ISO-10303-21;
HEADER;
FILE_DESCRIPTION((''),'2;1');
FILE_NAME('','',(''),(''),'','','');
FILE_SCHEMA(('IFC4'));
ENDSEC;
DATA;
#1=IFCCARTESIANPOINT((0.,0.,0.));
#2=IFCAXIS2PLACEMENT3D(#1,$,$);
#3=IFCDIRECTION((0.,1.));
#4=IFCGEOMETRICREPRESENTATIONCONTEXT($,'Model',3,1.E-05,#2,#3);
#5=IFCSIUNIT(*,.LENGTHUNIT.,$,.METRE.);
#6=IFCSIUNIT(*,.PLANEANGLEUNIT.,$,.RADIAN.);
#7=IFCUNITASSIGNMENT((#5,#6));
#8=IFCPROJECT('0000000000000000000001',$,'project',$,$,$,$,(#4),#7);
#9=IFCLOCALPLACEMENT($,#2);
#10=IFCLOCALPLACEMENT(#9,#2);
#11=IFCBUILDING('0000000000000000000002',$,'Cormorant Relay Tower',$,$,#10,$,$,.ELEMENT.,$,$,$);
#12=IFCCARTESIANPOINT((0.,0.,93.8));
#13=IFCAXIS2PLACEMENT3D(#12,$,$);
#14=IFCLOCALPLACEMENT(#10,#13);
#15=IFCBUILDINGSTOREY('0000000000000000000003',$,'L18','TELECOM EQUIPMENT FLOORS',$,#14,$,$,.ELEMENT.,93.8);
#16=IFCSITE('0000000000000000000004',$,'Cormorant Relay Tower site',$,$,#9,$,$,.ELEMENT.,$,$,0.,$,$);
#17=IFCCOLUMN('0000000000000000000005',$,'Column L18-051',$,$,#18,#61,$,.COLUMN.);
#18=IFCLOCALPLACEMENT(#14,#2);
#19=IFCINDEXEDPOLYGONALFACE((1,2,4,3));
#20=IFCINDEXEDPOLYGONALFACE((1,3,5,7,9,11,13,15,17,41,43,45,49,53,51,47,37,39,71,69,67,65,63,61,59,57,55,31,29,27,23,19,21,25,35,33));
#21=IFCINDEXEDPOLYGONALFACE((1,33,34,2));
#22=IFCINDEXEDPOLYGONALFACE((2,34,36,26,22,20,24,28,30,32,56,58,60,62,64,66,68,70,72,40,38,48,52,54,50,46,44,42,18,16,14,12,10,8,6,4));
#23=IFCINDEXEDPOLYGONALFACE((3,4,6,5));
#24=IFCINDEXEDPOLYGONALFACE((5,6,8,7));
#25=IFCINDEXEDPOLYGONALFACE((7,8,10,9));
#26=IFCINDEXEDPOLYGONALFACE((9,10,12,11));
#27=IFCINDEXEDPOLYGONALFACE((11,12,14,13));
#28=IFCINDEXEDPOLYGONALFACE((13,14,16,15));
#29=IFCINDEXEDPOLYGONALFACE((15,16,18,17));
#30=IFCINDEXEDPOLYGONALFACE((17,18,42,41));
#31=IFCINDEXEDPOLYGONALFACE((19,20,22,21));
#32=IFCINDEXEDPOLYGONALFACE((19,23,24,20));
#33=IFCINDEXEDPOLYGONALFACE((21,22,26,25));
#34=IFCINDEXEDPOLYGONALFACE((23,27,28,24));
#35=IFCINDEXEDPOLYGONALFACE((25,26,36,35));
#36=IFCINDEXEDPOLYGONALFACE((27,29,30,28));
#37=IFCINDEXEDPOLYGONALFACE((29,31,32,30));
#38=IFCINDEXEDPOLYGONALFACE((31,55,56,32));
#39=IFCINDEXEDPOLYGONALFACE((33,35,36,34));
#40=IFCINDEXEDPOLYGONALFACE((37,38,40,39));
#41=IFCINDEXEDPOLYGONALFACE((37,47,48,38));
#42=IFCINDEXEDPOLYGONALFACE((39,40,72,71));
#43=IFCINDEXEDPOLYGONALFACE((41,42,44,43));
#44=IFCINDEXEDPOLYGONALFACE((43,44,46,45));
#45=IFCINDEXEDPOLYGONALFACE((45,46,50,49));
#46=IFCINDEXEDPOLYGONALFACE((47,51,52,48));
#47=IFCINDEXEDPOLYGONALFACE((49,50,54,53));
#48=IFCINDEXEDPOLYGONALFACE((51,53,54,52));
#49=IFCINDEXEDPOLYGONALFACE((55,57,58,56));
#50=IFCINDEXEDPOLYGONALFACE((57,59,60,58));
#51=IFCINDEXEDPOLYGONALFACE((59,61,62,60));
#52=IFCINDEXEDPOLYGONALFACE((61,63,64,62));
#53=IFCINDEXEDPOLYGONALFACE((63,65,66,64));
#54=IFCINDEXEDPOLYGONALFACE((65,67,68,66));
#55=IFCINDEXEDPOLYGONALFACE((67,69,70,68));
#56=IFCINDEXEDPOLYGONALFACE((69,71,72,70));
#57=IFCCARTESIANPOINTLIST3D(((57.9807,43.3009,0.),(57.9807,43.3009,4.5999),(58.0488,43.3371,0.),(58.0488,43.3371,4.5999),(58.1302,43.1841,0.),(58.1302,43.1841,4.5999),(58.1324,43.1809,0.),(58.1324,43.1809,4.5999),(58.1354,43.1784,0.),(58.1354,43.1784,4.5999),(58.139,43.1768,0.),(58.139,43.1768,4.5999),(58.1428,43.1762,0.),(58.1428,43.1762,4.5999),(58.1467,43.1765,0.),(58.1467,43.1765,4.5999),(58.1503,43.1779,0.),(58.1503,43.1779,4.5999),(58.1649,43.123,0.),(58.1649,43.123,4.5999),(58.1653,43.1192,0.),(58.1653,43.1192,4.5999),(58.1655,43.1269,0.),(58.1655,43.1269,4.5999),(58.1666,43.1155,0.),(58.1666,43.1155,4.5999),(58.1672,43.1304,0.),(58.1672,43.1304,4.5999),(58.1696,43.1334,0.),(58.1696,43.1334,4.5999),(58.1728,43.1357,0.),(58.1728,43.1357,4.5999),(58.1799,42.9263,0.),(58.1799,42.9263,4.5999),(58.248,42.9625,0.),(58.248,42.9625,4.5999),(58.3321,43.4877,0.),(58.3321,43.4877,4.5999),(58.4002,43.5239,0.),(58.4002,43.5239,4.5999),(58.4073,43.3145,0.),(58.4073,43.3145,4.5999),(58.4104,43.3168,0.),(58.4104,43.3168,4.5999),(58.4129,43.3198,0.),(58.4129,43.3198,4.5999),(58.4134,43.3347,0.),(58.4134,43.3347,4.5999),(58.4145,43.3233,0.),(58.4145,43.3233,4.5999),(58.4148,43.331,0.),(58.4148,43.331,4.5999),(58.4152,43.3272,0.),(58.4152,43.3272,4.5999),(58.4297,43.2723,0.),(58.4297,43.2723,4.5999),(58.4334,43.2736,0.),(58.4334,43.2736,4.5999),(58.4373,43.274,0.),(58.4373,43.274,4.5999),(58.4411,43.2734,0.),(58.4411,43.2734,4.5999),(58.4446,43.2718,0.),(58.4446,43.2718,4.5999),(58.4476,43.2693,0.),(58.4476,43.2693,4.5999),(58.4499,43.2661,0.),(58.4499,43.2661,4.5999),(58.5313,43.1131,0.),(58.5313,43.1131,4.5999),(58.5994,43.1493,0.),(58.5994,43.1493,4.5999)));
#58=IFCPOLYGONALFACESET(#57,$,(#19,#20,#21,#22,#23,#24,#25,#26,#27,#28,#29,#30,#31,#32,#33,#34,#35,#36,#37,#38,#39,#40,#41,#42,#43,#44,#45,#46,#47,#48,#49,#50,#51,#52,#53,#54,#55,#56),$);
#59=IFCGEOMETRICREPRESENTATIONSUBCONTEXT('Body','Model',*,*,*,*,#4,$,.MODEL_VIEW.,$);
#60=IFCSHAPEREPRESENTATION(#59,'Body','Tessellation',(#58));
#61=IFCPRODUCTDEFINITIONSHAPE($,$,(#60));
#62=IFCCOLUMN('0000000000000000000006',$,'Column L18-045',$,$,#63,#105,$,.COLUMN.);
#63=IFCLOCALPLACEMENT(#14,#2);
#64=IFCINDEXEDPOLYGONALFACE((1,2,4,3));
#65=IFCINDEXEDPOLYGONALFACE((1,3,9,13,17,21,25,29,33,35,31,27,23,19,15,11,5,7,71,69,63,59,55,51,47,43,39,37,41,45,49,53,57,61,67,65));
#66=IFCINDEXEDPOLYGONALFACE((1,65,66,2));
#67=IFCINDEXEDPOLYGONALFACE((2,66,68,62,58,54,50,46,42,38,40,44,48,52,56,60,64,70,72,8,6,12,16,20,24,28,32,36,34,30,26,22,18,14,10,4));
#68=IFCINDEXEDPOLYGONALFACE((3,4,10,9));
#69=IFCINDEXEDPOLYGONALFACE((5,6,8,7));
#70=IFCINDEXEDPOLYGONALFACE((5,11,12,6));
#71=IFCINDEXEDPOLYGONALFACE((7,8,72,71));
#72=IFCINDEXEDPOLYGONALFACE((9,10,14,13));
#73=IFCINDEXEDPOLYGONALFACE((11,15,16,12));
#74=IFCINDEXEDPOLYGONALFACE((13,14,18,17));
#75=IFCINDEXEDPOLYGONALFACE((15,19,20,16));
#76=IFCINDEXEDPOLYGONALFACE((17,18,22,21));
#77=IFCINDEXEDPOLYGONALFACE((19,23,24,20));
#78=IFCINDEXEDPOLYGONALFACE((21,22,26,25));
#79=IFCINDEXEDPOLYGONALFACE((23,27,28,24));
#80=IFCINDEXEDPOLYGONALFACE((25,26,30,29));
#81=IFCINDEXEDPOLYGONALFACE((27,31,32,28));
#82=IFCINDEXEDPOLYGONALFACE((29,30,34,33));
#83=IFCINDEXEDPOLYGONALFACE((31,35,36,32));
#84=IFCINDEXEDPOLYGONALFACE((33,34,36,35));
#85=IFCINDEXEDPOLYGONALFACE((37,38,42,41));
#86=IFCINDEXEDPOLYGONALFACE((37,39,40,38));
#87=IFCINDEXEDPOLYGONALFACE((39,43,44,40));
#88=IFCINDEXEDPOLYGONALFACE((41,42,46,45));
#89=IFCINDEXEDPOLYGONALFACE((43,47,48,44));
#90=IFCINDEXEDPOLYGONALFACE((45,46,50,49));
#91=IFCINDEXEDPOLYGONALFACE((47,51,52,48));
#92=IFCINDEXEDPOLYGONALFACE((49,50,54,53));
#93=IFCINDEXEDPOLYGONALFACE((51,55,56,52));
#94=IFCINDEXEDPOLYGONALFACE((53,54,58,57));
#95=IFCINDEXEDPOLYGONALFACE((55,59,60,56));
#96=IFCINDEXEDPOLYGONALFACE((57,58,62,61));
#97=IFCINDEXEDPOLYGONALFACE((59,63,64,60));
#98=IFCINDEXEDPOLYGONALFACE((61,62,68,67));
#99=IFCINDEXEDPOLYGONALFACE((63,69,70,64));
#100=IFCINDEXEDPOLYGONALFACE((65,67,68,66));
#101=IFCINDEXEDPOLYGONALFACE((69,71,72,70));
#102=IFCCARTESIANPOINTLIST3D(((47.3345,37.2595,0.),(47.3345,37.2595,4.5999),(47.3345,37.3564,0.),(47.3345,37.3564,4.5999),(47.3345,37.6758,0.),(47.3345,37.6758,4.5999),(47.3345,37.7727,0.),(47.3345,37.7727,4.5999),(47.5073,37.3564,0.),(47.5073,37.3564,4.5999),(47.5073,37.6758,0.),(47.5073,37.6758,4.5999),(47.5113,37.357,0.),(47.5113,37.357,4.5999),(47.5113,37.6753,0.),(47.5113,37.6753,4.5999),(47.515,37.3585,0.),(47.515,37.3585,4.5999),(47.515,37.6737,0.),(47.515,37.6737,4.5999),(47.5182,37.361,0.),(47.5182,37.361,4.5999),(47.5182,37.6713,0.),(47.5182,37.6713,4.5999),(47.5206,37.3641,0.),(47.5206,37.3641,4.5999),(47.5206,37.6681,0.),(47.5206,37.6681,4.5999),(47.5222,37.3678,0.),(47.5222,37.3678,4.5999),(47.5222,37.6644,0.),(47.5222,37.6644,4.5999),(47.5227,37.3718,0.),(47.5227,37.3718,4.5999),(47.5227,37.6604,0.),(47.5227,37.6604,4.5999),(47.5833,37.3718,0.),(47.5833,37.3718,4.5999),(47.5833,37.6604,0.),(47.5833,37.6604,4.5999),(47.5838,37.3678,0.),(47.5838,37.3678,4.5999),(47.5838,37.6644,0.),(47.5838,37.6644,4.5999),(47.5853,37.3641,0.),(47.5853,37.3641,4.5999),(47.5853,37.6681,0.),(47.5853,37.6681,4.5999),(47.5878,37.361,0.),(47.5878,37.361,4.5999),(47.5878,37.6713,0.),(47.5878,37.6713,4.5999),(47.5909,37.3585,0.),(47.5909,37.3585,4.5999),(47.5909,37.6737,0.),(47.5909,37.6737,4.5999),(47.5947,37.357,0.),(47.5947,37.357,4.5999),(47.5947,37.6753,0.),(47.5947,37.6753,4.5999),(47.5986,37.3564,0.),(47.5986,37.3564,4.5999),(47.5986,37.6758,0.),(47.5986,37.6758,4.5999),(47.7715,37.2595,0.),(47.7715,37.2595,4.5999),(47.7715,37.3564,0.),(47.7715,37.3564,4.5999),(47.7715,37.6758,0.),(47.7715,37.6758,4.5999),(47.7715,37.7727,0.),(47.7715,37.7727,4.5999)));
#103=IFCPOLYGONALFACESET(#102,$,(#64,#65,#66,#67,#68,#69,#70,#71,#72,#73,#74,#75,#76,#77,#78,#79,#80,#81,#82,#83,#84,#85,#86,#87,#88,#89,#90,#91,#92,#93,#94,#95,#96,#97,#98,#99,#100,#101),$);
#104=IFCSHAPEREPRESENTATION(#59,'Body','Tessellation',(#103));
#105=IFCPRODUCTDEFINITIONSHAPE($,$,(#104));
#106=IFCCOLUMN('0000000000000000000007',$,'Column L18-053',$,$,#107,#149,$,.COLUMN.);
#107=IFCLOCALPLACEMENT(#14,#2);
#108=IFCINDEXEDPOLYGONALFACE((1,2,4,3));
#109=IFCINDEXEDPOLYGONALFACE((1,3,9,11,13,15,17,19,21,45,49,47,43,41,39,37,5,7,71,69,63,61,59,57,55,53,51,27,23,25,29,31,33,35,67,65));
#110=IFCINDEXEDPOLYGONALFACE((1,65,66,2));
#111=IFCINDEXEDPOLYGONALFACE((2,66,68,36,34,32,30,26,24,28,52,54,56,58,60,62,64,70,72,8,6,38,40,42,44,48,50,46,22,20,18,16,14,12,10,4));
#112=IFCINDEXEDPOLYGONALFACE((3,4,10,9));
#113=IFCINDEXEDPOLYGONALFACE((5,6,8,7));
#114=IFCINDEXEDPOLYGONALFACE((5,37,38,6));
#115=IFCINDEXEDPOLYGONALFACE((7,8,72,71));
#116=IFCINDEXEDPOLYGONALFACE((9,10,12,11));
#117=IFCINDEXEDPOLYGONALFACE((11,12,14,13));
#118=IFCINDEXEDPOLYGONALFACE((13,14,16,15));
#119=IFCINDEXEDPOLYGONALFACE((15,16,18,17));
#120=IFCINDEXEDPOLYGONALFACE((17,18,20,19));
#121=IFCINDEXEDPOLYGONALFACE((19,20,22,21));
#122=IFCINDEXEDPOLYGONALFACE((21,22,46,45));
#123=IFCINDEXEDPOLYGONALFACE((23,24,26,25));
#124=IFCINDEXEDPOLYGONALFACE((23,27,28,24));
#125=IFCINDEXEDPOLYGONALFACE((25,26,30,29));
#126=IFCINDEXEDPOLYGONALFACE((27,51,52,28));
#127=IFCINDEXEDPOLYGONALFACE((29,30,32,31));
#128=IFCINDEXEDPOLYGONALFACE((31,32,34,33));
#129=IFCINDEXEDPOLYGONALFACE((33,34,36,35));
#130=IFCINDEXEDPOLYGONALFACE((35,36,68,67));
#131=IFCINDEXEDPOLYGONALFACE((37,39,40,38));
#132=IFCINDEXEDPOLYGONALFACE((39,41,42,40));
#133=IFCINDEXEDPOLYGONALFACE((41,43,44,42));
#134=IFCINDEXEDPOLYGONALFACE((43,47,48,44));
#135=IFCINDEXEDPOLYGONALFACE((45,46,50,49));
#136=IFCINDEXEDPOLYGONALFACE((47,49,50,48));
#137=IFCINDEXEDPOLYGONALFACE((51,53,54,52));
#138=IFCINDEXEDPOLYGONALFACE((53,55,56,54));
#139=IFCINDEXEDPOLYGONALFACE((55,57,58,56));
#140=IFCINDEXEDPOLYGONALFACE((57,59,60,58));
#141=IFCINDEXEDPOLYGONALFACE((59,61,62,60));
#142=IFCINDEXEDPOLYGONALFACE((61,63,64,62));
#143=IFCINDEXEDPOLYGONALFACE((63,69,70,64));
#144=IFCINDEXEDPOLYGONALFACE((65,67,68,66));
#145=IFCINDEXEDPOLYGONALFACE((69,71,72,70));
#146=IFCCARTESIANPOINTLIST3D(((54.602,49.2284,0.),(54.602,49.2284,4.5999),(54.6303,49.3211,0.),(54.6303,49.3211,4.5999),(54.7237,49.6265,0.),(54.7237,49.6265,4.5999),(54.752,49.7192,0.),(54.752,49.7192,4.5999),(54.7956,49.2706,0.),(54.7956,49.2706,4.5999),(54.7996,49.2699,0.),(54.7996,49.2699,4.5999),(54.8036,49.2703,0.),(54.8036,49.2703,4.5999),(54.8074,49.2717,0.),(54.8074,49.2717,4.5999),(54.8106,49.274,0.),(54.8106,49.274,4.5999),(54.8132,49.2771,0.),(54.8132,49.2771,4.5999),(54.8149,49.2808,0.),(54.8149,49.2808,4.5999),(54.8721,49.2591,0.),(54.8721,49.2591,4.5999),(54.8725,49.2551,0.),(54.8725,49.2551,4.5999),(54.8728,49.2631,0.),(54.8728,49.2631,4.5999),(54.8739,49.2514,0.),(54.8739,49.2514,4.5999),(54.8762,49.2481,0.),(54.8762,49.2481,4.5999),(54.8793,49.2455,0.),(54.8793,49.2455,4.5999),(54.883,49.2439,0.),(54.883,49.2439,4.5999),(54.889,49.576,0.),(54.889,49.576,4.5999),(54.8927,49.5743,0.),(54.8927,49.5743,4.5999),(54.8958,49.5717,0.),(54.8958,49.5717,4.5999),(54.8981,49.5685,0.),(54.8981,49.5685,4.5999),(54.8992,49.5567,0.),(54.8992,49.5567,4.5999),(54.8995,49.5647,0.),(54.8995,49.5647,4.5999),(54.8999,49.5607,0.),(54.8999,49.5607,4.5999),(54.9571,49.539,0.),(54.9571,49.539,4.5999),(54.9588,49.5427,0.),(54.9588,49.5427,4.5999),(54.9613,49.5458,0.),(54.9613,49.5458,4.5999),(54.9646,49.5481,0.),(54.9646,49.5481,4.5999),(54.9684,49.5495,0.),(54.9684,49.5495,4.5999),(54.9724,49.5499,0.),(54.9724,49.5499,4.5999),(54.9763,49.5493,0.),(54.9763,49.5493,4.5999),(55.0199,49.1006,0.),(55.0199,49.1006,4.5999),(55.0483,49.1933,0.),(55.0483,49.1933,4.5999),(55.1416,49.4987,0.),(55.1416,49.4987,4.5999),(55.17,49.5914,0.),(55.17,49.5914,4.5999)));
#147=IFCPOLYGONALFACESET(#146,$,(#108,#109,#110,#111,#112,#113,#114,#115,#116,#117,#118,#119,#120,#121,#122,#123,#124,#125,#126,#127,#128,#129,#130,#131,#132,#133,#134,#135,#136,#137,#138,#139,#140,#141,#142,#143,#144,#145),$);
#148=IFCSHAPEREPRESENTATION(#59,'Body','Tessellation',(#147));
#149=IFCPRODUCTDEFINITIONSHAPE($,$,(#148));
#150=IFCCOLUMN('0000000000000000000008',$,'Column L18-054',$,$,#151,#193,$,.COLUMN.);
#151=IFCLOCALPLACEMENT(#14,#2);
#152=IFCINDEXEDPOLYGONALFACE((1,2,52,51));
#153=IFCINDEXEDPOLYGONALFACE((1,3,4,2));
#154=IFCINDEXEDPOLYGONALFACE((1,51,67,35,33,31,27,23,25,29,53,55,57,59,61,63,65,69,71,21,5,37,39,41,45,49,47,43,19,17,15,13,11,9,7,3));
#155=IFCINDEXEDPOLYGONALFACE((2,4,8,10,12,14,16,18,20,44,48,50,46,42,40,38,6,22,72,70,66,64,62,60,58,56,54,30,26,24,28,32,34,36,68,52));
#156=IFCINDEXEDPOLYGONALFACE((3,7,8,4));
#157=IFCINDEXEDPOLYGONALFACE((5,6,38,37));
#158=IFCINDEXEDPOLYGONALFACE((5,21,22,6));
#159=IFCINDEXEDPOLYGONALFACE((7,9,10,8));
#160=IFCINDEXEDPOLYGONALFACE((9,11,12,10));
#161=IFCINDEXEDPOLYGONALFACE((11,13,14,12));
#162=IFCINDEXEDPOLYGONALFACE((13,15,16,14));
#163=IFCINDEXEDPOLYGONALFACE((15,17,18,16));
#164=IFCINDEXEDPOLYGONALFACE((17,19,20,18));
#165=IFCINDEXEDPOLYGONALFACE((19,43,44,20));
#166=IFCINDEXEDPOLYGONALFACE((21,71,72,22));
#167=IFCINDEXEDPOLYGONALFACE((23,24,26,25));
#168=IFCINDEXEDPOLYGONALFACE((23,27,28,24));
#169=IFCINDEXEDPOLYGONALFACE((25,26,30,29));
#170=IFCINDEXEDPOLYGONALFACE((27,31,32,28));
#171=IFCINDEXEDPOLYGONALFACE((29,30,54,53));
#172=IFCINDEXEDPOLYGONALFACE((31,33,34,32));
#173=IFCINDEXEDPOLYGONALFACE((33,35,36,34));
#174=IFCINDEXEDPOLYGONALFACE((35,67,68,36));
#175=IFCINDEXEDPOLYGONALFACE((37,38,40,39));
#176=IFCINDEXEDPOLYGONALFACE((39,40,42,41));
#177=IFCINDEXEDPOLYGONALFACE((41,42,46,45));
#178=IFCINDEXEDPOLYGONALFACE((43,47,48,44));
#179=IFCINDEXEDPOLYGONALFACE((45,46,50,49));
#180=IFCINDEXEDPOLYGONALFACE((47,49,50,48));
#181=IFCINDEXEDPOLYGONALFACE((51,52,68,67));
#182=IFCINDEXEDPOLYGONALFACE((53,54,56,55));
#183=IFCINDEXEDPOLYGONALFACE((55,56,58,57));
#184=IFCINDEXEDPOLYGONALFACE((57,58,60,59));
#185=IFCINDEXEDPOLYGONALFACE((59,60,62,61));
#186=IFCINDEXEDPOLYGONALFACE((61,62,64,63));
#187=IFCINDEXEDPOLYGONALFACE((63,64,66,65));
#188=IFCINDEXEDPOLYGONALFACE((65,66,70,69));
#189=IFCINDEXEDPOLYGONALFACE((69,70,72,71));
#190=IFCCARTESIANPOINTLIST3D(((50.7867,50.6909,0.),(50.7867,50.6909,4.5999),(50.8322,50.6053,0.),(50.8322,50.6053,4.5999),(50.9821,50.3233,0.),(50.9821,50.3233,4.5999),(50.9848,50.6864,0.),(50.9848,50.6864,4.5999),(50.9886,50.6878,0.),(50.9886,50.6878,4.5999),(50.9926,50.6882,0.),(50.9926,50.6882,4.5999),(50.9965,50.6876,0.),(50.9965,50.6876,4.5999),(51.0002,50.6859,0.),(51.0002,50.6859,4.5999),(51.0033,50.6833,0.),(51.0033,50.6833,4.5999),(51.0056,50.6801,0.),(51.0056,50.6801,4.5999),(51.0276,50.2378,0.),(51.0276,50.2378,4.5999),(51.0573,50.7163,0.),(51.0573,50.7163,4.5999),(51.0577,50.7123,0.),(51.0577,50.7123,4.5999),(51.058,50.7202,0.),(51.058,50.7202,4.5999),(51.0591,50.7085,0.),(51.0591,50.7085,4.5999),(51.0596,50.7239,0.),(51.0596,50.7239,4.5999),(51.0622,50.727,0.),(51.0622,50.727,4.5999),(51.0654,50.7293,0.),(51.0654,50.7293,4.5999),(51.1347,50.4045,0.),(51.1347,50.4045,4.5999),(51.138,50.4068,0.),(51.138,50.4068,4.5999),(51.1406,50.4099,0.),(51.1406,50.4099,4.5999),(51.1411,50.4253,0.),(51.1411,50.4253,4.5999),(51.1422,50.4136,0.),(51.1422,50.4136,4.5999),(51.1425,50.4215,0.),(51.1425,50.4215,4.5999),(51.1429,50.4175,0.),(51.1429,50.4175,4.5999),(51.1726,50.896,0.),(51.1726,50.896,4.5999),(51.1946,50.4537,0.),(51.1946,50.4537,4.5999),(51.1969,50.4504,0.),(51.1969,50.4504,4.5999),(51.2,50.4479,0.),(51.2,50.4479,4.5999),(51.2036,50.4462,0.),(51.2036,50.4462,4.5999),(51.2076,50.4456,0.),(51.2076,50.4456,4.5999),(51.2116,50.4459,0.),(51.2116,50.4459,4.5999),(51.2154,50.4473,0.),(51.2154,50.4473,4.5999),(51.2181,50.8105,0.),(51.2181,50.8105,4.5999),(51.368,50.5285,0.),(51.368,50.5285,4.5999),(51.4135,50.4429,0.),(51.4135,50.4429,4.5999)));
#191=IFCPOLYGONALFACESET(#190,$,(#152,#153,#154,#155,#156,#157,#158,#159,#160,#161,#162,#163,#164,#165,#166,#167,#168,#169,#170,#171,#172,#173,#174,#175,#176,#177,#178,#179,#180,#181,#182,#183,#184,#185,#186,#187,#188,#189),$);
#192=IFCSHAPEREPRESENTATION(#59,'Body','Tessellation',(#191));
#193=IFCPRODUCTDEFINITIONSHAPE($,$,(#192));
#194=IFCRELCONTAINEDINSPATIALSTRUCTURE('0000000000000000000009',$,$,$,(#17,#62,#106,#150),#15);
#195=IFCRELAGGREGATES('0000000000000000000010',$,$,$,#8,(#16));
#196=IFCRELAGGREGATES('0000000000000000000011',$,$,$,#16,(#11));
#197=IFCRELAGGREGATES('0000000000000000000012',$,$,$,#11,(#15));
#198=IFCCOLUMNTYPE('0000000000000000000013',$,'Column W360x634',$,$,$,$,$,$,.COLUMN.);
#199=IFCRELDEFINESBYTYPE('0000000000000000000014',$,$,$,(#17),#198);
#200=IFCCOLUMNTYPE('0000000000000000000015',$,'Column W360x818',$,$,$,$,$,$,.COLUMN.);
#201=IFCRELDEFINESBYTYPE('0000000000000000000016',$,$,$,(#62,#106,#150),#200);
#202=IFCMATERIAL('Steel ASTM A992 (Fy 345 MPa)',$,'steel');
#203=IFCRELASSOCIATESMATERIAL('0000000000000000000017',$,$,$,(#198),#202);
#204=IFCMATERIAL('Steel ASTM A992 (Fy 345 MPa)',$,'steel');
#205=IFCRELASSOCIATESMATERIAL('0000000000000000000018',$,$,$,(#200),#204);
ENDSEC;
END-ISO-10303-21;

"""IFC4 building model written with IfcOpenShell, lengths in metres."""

from ifc_helpers import new_model, si_unit, direction, frame, origin, origin_2d, place, context, subcontext, project, spatial, i_section, extrude, material, material_profile, profile_set, type_object, element, save


model = new_model("IFC4")

# Units and contexts
model_context = context("Model", 3, precision=1e-05, world=origin(), true_north=direction((0.0, 1.0)))
body_context = subcontext(model_context, "Body", "Model", "MODEL_VIEW")
ifc_project = project(units=[si_unit("LENGTHUNIT", "METRE"), si_unit("PLANEANGLEUNIT", "RADIAN")], contexts=[model_context])

# Site, building, storey
site_placement = place(None, origin())
site = spatial("IfcSite", under=ifc_project, at=site_placement, Name="Cormorant Relay Tower site", CompositionType="ELEMENT", RefElevation=0.0)
building_placement = place(site_placement, origin())
building = spatial("IfcBuilding", under=site, at=building_placement, Name="Cormorant Relay Tower", CompositionType="ELEMENT")
storey_placement = place(building_placement, frame((0.0, 0.0, 93.8)))
storey = spatial("IfcBuildingStorey", under=building, at=storey_placement, Name="L18", Description="TELECOM EQUIPMENT FLOORS", CompositionType="ELEMENT", Elevation=93.8)

# Columns
ifc_material_1 = material(Name="Steel ASTM A992 (Fy 345 MPa)", Category="steel")
ifc_material_profile_1 = material_profile(ifc_material_1, i_section(OverallWidth=0.4243, OverallDepth=0.4751, WebThickness=0.0479, FlangeThickness=0.0771, FilletRadius=0.0149, at=origin_2d()), Name="W360x634")
ifc_profile_set_1 = profile_set([ifc_material_profile_1], Name="Steel ASTM A992 (Fy 345 MPa)")
column_type_1 = type_object("IfcColumnType", Name="Column W360x634", PredefinedType="COLUMN", material=ifc_profile_set_1)
column_placement = place(storey_placement, frame((58.29, 43.2251, 0.0), z_axis=(0.0, 0.0, 1.0), x_axis=(-0.469472, 0.882948, 0.0)))
element("IfcColumn", 1, at=column_placement, inside=storey, type_object=column_type_1, Name="Column L18-051", PredefinedType="COLUMN", context=body_context, shape_type="SweptSolid", body=[
    extrude(i_section(OverallWidth=0.4243, OverallDepth=0.4751, WebThickness=0.0479, FlangeThickness=0.0771, FilletRadius=0.0149, at=origin_2d()), origin(), (0.0, 0.0, 1.0), 4.5999),
])
ifc_material_2 = material(Name="Steel ASTM A992 (Fy 345 MPa)", Category="steel")
ifc_material_profile_2 = material_profile(ifc_material_2, i_section(OverallWidth=0.437, OverallDepth=0.5132, WebThickness=0.0605, FlangeThickness=0.0969, FilletRadius=0.0154, at=origin_2d()), Name="W360x818")
ifc_profile_set_2 = profile_set([ifc_material_profile_2], Name="Steel ASTM A992 (Fy 345 MPa)")
column_type_2 = type_object("IfcColumnType", Name="Column W360x818", PredefinedType="COLUMN", material=ifc_profile_set_2)
for number, where, z_axis, x_axis, name in (
    (2, (47.553, 37.5161, 0.0), (0.0, 0.0, 1.0), (1.0, 0.0, 0.0), "Column L18-045"),
    (3, (54.886, 49.4099, 0.0), (0.0, 0.0, 1.0), (-0.956305, 0.292372, 0.0), "Column L18-053"),
    (4, (51.1001, 50.5669, 0.0), (0.0, 0.0, 1.0), (-0.882948, -0.469472, 0.0), "Column L18-054"),
):
    element("IfcColumn", number, at=place(storey_placement, frame(where, z_axis=z_axis, x_axis=x_axis)), inside=storey, type_object=column_type_2, Name=name, PredefinedType="COLUMN", context=body_context, shape_type="SweptSolid", body=[
        extrude(i_section(OverallWidth=0.437, OverallDepth=0.5132, WebThickness=0.0605, FlangeThickness=0.0969, FilletRadius=0.0154, at=origin_2d()), origin(), (0.0, 0.0, 1.0), 4.5999),
    ])

save(model, "model.ifc")
